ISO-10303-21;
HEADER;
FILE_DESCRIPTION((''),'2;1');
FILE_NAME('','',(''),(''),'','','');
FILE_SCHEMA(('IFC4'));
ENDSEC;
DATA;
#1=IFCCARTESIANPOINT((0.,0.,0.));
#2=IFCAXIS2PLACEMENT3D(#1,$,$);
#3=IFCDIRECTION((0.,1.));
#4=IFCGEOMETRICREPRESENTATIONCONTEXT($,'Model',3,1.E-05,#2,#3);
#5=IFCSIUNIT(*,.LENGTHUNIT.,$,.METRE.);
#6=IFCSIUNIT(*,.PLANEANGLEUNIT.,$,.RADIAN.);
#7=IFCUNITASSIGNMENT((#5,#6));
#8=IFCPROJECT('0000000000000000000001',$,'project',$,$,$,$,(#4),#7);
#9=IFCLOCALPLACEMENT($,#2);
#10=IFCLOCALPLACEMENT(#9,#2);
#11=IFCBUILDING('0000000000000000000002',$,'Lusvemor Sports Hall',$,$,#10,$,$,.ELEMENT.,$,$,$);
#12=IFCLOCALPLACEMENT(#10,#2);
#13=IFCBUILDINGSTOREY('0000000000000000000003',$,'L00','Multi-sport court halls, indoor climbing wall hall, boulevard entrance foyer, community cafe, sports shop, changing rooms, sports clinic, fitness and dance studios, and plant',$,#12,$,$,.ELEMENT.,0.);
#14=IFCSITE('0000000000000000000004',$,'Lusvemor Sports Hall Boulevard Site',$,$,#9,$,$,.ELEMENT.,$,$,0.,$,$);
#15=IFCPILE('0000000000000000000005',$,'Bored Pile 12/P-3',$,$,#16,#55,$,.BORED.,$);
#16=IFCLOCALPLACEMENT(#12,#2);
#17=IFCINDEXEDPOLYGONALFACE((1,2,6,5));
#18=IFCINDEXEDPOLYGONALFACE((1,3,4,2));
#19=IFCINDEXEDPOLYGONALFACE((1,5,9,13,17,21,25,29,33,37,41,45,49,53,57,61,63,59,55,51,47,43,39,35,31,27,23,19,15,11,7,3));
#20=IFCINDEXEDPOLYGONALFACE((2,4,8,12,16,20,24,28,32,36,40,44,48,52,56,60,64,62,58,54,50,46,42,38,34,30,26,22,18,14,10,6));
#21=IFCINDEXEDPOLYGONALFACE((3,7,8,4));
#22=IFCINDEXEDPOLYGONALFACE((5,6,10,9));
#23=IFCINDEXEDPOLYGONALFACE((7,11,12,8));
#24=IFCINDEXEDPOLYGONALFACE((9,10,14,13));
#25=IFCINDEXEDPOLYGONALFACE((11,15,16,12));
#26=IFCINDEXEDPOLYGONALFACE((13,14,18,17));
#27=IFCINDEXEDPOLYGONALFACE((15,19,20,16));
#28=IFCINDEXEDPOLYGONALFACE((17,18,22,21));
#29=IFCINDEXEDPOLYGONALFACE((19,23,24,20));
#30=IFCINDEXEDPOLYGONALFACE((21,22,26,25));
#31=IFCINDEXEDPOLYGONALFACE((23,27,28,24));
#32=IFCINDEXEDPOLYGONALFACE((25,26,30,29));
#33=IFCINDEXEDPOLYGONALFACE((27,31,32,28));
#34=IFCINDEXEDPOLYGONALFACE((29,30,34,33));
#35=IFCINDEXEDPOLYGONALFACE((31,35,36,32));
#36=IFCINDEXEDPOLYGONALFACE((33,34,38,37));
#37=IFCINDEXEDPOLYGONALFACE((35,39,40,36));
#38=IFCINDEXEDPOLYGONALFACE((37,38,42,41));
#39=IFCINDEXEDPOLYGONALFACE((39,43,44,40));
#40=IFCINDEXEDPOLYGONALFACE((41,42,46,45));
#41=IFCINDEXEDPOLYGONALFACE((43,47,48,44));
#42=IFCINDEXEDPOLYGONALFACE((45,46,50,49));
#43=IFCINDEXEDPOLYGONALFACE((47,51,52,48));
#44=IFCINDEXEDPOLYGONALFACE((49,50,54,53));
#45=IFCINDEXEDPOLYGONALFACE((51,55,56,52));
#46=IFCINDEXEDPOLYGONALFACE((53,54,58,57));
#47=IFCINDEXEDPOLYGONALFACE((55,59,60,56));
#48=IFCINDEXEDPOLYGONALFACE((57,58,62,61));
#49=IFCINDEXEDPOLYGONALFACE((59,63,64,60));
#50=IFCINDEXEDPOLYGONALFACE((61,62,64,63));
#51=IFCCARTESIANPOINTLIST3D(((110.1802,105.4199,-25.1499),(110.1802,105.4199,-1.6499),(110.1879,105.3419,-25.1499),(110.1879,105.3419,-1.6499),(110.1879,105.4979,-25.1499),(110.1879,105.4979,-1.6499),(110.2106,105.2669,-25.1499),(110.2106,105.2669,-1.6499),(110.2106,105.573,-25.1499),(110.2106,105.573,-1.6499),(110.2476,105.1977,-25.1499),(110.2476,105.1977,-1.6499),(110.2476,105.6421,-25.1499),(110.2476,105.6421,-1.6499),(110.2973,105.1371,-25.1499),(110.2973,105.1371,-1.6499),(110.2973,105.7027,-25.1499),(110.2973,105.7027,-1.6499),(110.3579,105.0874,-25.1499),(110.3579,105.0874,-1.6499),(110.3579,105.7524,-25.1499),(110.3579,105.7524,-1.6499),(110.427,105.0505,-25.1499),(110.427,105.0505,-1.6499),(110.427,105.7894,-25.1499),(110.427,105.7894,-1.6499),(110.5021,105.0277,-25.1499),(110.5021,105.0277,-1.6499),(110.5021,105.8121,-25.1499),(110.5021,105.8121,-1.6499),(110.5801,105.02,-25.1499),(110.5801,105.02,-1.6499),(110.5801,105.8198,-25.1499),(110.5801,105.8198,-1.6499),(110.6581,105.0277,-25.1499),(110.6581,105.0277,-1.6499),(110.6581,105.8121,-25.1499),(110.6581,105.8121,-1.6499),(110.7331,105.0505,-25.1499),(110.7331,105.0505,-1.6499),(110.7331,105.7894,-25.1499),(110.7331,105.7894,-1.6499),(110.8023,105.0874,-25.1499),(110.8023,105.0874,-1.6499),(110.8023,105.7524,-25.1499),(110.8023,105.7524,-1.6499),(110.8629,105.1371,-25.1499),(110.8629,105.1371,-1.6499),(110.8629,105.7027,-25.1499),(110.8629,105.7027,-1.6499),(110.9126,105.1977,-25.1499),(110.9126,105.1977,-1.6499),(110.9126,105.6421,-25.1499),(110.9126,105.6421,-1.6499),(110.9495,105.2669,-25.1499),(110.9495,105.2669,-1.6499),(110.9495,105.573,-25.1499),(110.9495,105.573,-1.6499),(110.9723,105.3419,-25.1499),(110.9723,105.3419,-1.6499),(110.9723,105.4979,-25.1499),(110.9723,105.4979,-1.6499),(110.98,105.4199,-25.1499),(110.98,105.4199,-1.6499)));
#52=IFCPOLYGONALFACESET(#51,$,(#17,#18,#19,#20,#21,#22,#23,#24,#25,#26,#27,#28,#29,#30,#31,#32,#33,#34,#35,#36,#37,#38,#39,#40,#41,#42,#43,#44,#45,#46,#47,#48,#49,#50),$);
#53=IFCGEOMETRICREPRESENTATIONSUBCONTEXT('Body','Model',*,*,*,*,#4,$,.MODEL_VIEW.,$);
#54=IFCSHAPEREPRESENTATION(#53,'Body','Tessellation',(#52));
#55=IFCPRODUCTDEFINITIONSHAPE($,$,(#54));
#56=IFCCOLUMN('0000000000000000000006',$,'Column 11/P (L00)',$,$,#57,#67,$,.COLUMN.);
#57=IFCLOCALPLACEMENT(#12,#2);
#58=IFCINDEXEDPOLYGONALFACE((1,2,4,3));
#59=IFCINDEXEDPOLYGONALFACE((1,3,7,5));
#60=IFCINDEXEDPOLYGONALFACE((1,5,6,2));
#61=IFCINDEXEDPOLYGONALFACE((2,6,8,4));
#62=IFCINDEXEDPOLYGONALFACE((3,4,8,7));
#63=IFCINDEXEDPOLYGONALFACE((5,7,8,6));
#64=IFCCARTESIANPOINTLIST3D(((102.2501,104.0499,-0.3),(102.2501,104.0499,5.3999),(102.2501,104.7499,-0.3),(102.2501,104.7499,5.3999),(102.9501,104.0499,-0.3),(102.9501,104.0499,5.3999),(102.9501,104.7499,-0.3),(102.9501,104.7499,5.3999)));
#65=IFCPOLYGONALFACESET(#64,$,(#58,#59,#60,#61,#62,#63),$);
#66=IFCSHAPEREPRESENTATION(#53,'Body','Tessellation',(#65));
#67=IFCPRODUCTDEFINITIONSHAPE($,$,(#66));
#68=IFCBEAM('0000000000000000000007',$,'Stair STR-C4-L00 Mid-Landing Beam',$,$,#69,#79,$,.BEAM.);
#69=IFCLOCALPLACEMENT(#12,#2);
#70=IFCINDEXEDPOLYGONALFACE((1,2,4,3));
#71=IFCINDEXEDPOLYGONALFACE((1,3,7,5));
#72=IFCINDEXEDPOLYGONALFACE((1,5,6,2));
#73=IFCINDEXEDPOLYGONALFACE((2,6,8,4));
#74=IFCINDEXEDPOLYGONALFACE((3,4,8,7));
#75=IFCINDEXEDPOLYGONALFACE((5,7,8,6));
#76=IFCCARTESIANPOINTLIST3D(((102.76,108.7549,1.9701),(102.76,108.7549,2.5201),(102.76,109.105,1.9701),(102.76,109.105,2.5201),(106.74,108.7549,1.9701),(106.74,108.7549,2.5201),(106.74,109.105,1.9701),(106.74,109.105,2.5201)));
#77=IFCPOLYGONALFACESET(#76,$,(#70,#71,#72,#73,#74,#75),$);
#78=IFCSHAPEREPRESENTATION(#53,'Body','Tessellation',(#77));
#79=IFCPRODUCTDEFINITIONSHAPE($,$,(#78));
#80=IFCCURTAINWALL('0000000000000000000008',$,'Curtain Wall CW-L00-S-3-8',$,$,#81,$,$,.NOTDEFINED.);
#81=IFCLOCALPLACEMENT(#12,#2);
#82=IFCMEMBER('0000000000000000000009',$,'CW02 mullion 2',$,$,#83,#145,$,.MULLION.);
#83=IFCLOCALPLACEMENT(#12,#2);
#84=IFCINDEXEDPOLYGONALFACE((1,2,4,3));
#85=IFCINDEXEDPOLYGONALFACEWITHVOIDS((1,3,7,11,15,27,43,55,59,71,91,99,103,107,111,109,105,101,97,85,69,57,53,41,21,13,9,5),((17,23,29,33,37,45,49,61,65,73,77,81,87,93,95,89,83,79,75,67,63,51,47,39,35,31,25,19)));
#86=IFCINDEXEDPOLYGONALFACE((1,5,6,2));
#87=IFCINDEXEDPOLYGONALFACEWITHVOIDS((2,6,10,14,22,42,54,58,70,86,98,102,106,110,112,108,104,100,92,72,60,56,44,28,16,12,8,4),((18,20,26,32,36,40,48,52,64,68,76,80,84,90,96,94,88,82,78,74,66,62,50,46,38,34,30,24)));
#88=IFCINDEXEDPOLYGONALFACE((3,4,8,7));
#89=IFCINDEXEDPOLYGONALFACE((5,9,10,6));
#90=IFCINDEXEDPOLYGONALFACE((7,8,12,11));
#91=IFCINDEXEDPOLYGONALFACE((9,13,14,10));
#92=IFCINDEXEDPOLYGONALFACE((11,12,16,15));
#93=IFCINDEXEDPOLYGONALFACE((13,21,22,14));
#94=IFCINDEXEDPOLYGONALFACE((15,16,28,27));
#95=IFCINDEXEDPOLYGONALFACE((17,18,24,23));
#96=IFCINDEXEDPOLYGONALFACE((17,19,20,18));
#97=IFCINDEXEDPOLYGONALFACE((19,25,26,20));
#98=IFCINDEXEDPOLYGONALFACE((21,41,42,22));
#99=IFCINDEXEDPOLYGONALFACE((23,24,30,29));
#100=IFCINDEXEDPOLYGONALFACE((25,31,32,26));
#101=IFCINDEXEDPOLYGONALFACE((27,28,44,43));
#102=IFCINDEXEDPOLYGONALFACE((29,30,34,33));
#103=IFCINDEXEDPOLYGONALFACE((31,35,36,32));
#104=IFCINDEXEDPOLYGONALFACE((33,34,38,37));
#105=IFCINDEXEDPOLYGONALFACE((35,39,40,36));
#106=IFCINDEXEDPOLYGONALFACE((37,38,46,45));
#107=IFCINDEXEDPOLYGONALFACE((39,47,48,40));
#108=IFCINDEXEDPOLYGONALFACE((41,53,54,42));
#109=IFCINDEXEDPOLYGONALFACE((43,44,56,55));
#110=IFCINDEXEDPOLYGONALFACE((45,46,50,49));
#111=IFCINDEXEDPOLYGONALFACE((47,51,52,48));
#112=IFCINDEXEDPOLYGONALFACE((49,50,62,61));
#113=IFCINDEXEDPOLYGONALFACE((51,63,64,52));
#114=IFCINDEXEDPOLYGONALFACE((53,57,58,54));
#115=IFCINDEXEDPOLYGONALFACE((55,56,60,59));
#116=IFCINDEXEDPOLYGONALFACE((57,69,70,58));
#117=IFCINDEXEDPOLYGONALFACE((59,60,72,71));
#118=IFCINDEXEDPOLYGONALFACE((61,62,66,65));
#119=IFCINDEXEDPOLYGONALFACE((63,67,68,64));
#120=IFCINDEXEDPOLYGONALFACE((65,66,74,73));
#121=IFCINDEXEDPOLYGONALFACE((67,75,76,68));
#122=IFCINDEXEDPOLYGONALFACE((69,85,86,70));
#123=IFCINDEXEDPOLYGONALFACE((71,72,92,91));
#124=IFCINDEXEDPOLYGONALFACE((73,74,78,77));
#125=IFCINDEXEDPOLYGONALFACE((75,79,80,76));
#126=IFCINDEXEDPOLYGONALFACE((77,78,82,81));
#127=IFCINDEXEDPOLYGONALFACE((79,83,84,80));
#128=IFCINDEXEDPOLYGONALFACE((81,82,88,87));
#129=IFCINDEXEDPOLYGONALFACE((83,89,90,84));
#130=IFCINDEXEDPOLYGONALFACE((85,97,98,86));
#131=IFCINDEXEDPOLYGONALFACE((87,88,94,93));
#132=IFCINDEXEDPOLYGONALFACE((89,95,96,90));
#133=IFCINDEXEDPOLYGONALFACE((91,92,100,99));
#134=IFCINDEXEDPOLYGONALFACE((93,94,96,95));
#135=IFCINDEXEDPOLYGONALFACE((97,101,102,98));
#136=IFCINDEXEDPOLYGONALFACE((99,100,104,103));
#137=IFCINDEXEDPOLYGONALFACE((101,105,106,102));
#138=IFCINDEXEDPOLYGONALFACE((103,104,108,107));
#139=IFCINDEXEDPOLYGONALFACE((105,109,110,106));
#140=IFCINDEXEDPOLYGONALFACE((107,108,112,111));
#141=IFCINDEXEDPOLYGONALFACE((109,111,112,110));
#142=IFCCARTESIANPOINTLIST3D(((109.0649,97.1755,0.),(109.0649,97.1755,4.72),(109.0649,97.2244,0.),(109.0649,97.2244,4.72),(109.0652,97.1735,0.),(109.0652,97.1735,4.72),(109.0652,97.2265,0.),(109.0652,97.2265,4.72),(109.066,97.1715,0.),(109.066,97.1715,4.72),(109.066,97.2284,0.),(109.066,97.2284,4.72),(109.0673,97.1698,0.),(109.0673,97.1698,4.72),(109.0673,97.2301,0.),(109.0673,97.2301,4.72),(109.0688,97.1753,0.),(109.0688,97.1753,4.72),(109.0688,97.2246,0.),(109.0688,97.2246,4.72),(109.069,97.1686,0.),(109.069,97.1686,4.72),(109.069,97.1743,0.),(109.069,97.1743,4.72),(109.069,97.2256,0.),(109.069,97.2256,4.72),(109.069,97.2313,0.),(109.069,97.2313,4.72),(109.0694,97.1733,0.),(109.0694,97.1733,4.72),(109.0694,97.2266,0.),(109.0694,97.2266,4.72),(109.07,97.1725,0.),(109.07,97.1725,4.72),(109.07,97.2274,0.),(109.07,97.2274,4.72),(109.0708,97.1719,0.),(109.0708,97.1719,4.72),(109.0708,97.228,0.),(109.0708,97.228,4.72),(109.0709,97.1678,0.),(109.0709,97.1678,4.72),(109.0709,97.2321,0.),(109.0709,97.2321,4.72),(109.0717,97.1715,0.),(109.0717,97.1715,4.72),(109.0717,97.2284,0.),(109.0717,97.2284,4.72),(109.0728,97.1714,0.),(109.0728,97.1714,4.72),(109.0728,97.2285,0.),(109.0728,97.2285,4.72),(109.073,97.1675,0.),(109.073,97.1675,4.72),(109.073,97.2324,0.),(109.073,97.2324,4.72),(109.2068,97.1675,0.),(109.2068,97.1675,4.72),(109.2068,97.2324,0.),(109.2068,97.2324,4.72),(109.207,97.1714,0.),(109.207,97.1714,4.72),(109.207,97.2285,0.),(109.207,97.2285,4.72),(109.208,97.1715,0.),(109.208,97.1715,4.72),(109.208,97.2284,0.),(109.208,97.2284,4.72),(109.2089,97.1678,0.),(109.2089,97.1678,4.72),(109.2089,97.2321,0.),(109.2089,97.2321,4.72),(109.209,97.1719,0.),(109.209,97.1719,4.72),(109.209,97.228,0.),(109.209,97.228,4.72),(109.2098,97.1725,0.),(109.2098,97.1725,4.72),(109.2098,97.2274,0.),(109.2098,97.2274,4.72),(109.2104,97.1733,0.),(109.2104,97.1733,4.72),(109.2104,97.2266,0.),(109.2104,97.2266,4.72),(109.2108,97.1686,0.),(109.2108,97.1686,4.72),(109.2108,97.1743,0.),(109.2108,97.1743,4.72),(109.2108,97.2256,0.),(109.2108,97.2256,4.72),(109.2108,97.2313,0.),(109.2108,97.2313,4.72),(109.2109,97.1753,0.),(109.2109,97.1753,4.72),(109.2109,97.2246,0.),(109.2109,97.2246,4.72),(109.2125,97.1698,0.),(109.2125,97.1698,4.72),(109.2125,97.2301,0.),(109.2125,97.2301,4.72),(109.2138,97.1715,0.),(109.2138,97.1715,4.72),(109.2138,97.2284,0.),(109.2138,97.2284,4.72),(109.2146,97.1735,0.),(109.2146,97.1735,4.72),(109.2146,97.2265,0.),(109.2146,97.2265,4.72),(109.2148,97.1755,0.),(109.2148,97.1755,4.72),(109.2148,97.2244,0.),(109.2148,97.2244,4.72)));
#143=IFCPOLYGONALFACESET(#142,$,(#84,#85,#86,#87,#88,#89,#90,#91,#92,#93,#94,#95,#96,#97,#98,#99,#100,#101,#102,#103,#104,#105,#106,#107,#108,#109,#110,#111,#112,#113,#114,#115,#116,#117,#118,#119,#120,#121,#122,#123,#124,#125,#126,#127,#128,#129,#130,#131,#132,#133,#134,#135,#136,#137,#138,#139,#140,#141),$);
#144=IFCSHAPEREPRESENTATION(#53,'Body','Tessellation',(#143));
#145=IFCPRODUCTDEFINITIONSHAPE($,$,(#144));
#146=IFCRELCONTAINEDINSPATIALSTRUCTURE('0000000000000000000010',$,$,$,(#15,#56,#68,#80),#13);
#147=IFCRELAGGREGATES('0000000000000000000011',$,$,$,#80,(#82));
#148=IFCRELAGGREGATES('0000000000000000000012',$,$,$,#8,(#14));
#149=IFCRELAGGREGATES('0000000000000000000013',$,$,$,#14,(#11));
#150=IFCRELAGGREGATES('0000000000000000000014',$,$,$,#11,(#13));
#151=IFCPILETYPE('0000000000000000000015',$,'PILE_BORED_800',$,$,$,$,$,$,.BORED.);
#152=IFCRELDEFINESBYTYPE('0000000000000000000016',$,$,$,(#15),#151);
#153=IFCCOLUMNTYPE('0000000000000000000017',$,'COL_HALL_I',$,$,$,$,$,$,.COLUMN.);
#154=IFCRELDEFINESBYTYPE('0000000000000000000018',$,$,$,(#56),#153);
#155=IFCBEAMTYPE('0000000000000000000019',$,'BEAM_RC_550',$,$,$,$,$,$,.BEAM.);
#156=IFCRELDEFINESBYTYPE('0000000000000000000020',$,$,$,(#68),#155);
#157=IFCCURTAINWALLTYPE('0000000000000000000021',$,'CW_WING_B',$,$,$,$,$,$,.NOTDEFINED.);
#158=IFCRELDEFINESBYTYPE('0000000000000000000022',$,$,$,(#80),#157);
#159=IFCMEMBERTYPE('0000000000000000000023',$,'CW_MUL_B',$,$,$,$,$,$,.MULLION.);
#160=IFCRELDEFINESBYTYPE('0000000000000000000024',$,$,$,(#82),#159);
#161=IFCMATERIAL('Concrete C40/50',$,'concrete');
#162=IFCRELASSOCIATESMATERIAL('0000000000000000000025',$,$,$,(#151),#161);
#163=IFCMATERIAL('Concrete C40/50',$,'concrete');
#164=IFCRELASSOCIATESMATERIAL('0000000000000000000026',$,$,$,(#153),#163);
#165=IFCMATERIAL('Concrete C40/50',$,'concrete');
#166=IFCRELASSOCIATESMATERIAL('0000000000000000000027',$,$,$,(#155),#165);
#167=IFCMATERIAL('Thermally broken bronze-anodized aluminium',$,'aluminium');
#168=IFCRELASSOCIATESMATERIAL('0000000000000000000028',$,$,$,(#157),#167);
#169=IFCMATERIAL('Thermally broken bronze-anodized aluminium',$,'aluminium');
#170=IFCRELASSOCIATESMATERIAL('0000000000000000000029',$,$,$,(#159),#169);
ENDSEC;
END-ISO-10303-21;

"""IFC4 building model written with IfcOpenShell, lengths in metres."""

from ifc_helpers import new_model, si_unit, direction, frame, origin, origin_2d, place, context, subcontext, project, spatial, rectangle, hollow_rectangle, circle, extrude, material, material_profile, profile_set, type_object, element, aggregate, save


model = new_model("IFC4")

# Units and contexts
model_context = context("Model", 3, precision=1e-05, world=origin(), true_north=direction((0.0, 1.0)))
body_context = subcontext(model_context, "Body", "Model", "MODEL_VIEW")
ifc_project = project(units=[si_unit("LENGTHUNIT", "METRE"), si_unit("PLANEANGLEUNIT", "RADIAN")], contexts=[model_context])

# Site, building, storey
site_placement = place(None, origin())
site = spatial("IfcSite", under=ifc_project, at=site_placement, Name="Lusvemor Sports Hall Boulevard Site", CompositionType="ELEMENT", RefElevation=0.0)
building_placement = place(site_placement, origin())
building = spatial("IfcBuilding", under=site, at=building_placement, Name="Lusvemor Sports Hall", CompositionType="ELEMENT")
storey_placement = place(building_placement, origin())
storey = spatial("IfcBuildingStorey", under=building, at=storey_placement, Name="L00", Description="Multi-sport court halls, indoor climbing wall hall, boulevard entrance foyer, community cafe, sports shop, changing rooms, sports clinic, fitness and dance studios, and plant", CompositionType="ELEMENT", Elevation=0.0)

# Pile
ifc_material_1 = material(Name="Concrete C40/50", Category="concrete")
ifc_material_profile_1 = material_profile(ifc_material_1, circle(Radius=0.3999, at=origin_2d()), Name="PILE800")
ifc_profile_set_1 = profile_set([ifc_material_profile_1], Name="Concrete C40/50")
pile_type_1 = type_object("IfcPileType", Name="PILE_BORED_800", PredefinedType="BORED", material=ifc_profile_set_1)
for number, where, z_axis, x_axis, name in (
    (1, (110.5801, 105.4199, -1.6499), (0.0, 0.0, -1.0), (1.0, 0.0, 0.0), "Bored Pile 12/P-3"),
):
    element("IfcPile", number, at=place(storey_placement, frame(where, z_axis=z_axis, x_axis=x_axis)), inside=storey, type_object=pile_type_1, Name=name, PredefinedType="BORED", context=body_context, shape_type="SweptSolid", body=[
        extrude(circle(Radius=0.3999, at=origin_2d()), origin(), (0.0, 0.0, 1.0), 23.5),
    ])

# Column
ifc_material_2 = material(Name="Concrete C40/50", Category="concrete")
ifc_material_profile_2 = material_profile(ifc_material_2, rectangle(XDim=0.7, YDim=0.7, at=origin_2d()), Name="RC700x700")
ifc_profile_set_2 = profile_set([ifc_material_profile_2], Name="Concrete C40/50")
column_type = type_object("IfcColumnType", Name="COL_HALL_I", PredefinedType="COLUMN", material=ifc_profile_set_2)
column_placement = place(storey_placement, frame((102.6001, 104.3999, -0.3), z_axis=(0.0, 0.0, 1.0), x_axis=(1.0, 0.0, 0.0)))
element("IfcColumn", 2, at=column_placement, inside=storey, type_object=column_type, Name="Column 11/P (L00)", PredefinedType="COLUMN", context=body_context, shape_type="SweptSolid", body=[
    extrude(rectangle(XDim=0.7, YDim=0.7, at=origin_2d()), origin(), (0.0, 0.0, 1.0), 5.7),
])

# Beam
ifc_material_3 = material(Name="Concrete C40/50", Category="concrete")
ifc_material_profile_3 = material_profile(ifc_material_3, rectangle(XDim=0.3501, YDim=0.55, at=origin_2d()), Name="RC350x550")
ifc_profile_set_3 = profile_set([ifc_material_profile_3], Name="Concrete C40/50")
beam_type_1 = type_object("IfcBeamType", Name="BEAM_RC_550", PredefinedType="BEAM", material=ifc_profile_set_3)
beam_1_placement = place(storey_placement, frame((102.76, 108.9299, 2.2451), z_axis=(1.0, 0.0, 0.0), x_axis=(0.0, 1.0, 0.0)))
element("IfcBeam", 3, at=beam_1_placement, inside=storey, type_object=beam_type_1, Name="Stair STR-C4-L00 Mid-Landing Beam", PredefinedType="BEAM", context=body_context, shape_type="SweptSolid", body=[
    extrude(rectangle(XDim=0.3501, YDim=0.55, at=origin_2d()), origin(), (0.0, 0.0, 1.0), 3.98),
])

# Curtain wall, member
ifc_material_4 = material(Name="Thermally broken bronze-anodized aluminium", Category="aluminium")
curtain_wall_type = type_object("IfcCurtainWallType", Name="CW_WING_B", PredefinedType="NOTDEFINED", material=ifc_material_4)
curtain_wall_placement = place(storey_placement, origin())
curtain_wall = element("IfcCurtainWall", 4, at=curtain_wall_placement, inside=storey, type_object=curtain_wall_type, Name="Curtain Wall CW-L00-S-3-8", PredefinedType="NOTDEFINED")
ifc_material_5 = material(Name="Thermally broken bronze-anodized aluminium", Category="aluminium")
ifc_material_profile_4 = material_profile(ifc_material_5, hollow_rectangle(XDim=0.0649, YDim=0.1499, WallThickness=0.0039, InnerFilletRadius=0.0039, OuterFilletRadius=0.0081, at=origin_2d()), Name="CWMUL150x65x4")
ifc_profile_set_4 = profile_set([ifc_material_profile_4], Name="Thermally broken bronze-anodized aluminium")
member_type_1 = type_object("IfcMemberType", Name="CW_MUL_B", PredefinedType="MULLION", material=ifc_profile_set_4)
member_1_placement = place(storey_placement, frame((109.1399, 97.2, 0.0), z_axis=(0.0, 0.0, 1.0), x_axis=(0.0, -1.0, 0.0)))
member_1 = element("IfcMember", 5, at=member_1_placement, type_object=member_type_1, Name="CW02 mullion 2", PredefinedType="MULLION", context=body_context, shape_type="SweptSolid", body=[
    extrude(hollow_rectangle(XDim=0.0649, YDim=0.1499, WallThickness=0.0039, InnerFilletRadius=0.0039, OuterFilletRadius=0.0081, at=origin_2d()), origin(), (0.0, 0.0, 1.0), 4.72),
])

aggregate(curtain_wall, [member_1])

save(model, "model.ifc")
